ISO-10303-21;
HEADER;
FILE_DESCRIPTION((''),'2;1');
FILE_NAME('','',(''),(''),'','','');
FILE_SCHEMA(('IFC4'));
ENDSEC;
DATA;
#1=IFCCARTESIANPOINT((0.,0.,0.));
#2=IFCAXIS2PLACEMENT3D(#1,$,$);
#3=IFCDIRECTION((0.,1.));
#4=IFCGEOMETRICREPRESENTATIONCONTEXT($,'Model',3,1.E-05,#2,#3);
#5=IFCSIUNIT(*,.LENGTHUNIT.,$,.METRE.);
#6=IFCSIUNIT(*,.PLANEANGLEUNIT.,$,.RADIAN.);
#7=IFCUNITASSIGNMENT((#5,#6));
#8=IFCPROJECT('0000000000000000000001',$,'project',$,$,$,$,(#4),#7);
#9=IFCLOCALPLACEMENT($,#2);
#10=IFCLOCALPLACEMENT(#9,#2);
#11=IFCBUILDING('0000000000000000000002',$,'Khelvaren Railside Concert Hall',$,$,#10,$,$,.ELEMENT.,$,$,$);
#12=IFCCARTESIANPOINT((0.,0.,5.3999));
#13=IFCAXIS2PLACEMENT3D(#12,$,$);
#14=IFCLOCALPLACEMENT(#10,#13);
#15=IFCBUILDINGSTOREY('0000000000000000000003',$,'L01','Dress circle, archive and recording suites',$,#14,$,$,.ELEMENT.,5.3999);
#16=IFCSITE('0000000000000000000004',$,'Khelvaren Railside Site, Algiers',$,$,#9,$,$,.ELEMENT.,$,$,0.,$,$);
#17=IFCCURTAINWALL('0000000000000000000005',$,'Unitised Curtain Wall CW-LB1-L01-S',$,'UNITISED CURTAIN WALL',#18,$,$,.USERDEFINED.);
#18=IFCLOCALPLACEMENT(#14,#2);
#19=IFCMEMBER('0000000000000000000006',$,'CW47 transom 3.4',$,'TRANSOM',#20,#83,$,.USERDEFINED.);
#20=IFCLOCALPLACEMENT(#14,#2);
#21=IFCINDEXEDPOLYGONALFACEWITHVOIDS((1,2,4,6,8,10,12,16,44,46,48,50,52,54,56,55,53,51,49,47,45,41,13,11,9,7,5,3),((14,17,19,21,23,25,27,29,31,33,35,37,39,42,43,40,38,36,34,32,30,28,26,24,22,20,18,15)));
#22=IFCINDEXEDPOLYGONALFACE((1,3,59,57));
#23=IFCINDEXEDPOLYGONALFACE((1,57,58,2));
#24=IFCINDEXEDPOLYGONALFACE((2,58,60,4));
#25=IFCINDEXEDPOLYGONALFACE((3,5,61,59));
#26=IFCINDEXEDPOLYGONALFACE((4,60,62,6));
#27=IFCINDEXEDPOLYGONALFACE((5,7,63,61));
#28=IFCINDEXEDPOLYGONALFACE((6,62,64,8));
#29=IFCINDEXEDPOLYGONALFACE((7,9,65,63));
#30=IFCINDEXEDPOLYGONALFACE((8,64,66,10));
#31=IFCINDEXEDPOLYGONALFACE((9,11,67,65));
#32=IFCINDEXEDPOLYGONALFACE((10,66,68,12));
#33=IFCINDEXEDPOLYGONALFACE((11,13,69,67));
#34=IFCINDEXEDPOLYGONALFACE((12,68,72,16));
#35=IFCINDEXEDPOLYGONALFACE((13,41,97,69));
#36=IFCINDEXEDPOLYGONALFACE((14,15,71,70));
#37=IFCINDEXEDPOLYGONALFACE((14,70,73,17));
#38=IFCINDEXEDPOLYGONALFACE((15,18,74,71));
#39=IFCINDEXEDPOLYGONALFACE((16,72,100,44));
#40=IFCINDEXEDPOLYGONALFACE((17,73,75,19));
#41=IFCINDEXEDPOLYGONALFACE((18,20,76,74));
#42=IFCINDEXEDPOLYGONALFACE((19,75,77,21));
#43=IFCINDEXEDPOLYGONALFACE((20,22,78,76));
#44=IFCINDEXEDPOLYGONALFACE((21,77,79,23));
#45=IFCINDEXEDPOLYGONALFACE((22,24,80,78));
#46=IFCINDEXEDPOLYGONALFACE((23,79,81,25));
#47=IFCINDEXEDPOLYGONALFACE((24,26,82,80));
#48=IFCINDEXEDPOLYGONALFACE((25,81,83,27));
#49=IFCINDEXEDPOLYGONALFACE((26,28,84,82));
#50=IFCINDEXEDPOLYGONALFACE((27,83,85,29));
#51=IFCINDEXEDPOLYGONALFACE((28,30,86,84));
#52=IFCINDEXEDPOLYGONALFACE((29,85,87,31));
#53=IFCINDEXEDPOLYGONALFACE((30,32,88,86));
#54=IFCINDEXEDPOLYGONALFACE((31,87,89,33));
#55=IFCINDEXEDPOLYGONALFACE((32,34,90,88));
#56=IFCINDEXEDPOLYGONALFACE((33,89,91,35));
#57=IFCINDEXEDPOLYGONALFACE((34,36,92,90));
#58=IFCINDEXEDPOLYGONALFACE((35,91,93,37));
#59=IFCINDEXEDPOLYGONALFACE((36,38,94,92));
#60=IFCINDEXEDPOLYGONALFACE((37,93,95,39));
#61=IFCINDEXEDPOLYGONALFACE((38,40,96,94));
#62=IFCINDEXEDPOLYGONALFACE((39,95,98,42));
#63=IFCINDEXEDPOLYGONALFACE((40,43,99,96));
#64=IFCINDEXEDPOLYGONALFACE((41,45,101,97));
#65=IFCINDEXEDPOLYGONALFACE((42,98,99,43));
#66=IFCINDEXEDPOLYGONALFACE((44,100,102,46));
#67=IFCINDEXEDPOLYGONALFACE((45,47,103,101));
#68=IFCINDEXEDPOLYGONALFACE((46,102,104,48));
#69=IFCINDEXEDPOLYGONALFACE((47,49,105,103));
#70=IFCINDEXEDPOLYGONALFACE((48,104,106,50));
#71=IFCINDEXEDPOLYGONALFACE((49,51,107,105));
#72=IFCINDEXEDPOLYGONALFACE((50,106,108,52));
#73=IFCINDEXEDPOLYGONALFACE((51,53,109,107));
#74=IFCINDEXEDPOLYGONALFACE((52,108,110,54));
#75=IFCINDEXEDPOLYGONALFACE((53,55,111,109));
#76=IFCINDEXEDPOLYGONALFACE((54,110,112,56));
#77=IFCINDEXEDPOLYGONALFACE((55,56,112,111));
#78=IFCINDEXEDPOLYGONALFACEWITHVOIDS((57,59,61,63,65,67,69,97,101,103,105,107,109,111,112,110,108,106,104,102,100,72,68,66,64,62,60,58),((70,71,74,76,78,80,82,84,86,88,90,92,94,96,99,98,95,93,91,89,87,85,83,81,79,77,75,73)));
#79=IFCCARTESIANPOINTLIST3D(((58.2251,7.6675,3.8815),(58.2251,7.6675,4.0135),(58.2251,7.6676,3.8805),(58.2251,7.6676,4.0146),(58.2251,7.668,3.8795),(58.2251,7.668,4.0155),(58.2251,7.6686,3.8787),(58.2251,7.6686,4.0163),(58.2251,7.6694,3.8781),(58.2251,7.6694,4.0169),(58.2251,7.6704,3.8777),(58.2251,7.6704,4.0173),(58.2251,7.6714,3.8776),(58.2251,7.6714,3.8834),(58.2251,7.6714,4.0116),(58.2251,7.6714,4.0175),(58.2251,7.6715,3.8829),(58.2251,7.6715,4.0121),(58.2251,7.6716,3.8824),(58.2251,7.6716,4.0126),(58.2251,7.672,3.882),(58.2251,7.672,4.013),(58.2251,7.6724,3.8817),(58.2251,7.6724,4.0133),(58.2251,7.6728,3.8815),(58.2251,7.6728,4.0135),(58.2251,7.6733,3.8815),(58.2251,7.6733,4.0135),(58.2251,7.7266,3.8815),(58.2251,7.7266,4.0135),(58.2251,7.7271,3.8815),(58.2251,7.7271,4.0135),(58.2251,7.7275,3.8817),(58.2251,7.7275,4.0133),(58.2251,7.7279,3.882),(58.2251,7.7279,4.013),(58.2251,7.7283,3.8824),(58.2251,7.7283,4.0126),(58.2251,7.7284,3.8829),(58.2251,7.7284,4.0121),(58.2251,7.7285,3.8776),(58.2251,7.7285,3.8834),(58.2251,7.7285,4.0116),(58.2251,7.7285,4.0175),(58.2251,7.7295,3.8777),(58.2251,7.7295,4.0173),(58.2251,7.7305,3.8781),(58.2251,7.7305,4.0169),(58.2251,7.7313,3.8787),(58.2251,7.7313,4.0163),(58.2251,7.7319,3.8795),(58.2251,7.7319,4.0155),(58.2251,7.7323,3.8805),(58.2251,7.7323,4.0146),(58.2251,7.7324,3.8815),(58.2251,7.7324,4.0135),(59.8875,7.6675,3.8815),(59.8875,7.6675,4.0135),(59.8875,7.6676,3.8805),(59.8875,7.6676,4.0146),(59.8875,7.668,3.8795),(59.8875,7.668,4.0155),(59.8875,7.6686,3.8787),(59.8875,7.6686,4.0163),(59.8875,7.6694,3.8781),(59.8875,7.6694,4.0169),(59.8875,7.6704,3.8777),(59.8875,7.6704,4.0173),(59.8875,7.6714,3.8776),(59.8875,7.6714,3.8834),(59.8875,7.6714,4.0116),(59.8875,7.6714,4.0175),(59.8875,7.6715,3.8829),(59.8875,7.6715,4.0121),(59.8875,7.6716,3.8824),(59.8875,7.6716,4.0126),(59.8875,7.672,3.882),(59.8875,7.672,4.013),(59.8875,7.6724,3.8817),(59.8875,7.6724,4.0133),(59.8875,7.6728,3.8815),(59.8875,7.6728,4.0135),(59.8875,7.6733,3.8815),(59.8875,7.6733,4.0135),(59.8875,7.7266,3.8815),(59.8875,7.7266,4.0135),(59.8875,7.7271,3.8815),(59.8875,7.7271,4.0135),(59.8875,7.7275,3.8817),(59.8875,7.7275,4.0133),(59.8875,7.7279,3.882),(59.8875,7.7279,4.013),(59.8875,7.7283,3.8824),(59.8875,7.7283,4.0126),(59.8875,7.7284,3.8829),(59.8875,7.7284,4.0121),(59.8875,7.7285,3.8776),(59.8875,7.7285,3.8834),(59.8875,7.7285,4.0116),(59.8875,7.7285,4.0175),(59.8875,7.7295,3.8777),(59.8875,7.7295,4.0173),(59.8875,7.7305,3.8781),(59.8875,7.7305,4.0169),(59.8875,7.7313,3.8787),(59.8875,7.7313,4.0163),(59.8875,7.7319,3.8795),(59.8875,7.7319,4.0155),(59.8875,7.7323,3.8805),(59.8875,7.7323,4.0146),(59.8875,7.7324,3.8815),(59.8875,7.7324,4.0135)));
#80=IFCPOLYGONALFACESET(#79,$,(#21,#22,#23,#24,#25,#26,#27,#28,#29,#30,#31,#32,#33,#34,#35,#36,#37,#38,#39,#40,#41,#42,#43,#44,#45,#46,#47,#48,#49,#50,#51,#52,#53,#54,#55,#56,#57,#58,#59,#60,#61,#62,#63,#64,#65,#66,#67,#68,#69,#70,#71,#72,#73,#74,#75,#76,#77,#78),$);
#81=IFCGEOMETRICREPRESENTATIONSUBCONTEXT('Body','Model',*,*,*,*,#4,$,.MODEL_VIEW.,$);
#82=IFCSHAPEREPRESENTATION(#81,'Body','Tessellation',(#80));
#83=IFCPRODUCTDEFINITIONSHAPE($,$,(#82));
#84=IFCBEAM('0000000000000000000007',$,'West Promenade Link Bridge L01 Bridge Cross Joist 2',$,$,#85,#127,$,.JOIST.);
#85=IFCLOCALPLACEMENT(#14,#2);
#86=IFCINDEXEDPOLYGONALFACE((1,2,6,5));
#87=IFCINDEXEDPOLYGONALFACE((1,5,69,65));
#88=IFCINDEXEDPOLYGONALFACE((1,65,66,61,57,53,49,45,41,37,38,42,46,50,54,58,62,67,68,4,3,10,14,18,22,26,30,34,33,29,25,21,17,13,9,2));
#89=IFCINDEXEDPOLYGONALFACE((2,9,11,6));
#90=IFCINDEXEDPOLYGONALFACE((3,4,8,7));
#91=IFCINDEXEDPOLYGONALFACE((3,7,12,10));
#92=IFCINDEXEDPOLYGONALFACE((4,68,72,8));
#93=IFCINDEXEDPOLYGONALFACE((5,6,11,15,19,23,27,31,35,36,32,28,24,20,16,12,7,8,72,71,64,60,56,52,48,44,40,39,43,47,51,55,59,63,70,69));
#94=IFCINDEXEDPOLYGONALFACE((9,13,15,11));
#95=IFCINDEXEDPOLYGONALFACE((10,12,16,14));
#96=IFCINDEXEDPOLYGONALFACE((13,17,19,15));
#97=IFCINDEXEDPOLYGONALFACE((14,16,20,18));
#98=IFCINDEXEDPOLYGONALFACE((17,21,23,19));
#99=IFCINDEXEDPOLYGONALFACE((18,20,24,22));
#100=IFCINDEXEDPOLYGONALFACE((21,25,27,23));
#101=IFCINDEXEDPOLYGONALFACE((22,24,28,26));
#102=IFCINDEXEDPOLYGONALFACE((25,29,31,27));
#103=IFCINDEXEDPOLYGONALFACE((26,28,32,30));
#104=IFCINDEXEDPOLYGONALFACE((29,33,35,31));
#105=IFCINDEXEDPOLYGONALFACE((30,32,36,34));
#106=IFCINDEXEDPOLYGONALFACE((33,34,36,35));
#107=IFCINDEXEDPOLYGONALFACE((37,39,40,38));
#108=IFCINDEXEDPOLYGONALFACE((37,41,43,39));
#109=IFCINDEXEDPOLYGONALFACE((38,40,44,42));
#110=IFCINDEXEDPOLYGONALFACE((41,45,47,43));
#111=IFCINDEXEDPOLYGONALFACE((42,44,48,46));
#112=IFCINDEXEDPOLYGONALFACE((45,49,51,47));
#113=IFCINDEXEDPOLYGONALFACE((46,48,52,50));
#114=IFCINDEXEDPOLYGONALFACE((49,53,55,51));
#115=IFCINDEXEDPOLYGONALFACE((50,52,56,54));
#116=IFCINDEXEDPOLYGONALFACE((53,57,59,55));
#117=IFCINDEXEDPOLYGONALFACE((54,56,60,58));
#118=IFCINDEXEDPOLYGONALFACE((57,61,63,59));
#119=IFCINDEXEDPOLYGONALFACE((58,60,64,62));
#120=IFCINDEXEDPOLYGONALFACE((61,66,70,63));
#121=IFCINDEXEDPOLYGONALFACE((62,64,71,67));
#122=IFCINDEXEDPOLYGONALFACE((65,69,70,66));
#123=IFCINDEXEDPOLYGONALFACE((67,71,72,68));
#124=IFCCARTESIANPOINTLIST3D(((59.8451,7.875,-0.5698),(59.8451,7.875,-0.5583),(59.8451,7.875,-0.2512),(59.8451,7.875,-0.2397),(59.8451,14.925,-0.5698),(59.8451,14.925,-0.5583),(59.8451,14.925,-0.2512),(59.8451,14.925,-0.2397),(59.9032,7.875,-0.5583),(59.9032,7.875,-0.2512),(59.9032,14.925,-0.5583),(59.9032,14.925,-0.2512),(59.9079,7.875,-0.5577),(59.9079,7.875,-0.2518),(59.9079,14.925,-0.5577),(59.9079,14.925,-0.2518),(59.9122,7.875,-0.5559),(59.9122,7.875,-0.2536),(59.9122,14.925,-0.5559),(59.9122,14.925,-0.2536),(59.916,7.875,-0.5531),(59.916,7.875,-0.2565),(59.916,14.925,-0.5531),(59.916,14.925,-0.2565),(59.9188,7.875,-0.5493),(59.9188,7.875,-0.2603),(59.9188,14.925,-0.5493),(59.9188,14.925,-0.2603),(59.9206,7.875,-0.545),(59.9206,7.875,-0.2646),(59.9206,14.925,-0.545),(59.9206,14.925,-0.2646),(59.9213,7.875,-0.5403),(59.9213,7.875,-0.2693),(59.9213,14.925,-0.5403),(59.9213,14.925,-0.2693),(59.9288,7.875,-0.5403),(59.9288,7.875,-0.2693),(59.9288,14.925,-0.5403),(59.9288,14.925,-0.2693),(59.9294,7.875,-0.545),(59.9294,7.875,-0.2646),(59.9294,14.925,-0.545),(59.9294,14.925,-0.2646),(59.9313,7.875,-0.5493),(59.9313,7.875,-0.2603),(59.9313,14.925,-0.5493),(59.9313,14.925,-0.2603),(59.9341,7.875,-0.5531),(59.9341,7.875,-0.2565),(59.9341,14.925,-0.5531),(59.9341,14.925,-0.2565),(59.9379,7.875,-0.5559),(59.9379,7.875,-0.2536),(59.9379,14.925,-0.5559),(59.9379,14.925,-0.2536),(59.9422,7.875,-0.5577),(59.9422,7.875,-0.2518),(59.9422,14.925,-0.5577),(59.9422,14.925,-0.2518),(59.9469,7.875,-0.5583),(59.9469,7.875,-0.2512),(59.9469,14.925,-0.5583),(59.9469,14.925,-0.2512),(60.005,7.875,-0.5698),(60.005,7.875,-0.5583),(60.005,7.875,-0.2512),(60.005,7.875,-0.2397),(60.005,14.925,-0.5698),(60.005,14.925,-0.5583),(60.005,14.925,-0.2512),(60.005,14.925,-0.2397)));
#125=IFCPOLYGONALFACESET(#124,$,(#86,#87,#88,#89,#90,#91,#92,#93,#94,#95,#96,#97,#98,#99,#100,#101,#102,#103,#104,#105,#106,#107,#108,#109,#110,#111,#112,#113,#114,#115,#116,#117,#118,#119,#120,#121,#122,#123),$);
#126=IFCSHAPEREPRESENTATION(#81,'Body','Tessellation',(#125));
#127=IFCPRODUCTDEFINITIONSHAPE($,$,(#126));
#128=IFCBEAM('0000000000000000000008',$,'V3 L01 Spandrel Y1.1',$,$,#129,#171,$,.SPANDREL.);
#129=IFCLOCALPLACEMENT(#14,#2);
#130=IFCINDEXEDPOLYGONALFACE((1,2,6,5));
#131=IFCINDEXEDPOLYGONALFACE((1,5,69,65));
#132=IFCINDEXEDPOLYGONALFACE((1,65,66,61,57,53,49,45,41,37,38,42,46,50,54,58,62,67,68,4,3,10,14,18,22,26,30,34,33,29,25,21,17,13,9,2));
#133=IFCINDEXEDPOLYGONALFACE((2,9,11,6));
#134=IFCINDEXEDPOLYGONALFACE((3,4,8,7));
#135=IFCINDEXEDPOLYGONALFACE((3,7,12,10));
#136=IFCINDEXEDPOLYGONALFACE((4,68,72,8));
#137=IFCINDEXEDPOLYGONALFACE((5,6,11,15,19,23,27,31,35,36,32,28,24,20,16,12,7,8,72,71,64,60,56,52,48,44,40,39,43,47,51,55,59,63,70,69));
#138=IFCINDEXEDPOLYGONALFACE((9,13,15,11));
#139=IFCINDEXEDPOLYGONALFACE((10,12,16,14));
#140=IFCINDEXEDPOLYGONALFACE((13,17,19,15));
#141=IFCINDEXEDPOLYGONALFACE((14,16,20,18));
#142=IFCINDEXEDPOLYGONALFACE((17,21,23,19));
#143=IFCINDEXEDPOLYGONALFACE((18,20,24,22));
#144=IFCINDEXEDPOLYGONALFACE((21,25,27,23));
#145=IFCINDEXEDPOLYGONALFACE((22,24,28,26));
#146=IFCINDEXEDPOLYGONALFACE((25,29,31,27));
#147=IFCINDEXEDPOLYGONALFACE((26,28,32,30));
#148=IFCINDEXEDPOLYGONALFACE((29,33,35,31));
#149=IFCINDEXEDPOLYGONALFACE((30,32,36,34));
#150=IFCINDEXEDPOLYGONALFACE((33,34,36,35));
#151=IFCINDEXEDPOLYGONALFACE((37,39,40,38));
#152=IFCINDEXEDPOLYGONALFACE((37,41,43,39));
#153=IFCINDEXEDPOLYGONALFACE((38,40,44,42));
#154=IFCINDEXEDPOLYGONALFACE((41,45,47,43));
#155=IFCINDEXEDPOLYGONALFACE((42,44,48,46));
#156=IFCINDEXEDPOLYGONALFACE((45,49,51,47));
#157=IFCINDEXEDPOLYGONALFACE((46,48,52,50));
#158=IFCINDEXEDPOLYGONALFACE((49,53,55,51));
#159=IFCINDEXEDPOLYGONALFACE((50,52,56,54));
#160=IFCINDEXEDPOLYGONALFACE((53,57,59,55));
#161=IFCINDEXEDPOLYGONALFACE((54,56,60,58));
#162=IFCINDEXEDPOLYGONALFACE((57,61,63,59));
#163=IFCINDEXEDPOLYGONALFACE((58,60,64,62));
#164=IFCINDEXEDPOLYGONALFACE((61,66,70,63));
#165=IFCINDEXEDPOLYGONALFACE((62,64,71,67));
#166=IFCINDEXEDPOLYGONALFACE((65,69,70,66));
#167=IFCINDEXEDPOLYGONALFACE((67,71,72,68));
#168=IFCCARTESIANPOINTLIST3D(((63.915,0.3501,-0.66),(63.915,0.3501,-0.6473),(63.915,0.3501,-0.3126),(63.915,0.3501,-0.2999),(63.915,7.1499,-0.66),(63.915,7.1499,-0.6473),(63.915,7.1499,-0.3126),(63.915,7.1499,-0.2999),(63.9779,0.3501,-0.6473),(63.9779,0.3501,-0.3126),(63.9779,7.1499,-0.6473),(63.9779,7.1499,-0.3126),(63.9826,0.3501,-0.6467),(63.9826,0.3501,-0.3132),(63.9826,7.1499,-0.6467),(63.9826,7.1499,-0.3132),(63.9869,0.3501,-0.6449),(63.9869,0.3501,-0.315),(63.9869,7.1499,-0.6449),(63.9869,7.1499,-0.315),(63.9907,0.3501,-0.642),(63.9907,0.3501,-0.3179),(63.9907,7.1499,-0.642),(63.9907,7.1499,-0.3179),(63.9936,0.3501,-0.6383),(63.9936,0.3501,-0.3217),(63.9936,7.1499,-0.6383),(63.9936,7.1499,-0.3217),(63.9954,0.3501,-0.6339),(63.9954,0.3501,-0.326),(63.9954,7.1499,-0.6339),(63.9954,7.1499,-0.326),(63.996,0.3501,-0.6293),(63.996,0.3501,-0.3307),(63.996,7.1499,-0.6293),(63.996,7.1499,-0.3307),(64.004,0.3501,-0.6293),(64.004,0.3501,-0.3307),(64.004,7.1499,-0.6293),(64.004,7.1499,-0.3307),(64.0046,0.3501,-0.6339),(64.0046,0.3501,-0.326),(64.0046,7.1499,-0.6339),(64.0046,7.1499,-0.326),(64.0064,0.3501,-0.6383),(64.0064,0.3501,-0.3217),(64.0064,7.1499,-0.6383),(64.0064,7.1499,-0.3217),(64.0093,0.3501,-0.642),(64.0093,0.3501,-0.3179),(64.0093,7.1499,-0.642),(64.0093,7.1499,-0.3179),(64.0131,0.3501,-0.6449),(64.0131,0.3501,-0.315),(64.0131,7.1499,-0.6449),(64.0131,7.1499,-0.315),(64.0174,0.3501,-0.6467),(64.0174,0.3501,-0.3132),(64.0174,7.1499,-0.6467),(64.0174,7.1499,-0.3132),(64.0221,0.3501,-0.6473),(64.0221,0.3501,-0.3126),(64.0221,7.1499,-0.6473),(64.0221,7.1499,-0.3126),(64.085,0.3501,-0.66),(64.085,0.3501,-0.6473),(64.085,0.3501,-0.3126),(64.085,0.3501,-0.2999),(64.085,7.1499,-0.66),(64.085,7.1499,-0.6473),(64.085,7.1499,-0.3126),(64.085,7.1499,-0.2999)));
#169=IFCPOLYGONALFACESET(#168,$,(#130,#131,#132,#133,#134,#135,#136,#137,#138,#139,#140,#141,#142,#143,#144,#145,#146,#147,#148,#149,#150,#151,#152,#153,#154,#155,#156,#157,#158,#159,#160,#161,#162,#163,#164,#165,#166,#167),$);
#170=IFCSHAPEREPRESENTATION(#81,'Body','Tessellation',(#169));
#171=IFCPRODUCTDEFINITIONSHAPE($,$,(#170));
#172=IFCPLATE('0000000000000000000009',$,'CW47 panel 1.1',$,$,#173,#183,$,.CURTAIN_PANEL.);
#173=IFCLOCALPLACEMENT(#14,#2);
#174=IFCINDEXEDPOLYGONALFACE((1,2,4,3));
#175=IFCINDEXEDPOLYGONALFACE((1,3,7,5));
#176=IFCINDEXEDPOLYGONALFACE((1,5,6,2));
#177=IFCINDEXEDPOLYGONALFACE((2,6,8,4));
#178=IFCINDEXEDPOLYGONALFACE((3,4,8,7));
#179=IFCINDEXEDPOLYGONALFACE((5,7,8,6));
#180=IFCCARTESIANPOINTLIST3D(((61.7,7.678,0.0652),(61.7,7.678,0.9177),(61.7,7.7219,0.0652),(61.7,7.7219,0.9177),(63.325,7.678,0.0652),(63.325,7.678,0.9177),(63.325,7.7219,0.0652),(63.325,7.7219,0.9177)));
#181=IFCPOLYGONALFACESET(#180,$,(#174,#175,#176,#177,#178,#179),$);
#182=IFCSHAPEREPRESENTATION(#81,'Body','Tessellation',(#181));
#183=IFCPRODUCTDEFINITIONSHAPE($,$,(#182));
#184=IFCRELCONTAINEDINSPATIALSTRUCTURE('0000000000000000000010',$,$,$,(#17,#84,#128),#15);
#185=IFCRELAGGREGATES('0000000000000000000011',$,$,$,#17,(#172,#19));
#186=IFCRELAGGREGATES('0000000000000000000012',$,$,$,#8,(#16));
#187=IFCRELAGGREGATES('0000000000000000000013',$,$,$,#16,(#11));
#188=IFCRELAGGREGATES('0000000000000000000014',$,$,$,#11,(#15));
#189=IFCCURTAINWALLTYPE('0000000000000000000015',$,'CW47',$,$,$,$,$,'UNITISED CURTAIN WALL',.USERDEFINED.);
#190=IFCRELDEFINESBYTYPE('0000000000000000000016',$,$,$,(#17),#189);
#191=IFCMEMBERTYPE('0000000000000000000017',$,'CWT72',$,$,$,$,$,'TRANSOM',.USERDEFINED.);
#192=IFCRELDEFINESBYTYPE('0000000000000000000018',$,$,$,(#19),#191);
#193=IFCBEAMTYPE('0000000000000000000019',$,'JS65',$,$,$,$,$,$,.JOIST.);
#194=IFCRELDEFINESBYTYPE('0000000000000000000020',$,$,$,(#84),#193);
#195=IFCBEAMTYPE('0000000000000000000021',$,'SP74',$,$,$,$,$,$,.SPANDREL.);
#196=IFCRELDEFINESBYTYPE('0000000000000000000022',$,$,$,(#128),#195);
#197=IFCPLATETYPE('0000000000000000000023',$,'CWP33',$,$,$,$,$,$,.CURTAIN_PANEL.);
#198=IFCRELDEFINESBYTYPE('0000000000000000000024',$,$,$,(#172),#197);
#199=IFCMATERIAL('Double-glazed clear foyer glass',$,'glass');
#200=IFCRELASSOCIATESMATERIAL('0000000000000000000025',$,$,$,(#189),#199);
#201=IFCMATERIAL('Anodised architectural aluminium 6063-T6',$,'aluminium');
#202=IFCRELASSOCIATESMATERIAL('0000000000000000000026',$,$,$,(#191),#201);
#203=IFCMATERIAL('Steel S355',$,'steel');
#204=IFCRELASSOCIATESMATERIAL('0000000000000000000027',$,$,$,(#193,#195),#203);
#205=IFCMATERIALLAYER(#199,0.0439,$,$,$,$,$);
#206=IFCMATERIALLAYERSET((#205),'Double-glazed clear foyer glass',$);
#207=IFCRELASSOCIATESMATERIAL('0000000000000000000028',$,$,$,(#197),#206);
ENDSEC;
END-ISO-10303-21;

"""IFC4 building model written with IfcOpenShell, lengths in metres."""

from ifc_helpers import new_model, si_unit, direction, frame, origin, origin_2d, place, context, subcontext, project, spatial, rectangle, hollow_rectangle, i_section, extrude, material, layer, layer_set, material_profile, profile_set, type_object, element, aggregate, save


model = new_model("IFC4")

# Units and contexts
model_context = context("Model", 3, precision=1e-05, world=origin(), true_north=direction((0.0, 1.0)))
body_context = subcontext(model_context, "Body", "Model", "MODEL_VIEW")
ifc_project = project(units=[si_unit("LENGTHUNIT", "METRE"), si_unit("PLANEANGLEUNIT", "RADIAN")], contexts=[model_context])

# Site, building, storey
site_placement = place(None, origin())
site = spatial("IfcSite", under=ifc_project, at=site_placement, Name="Khelvaren Railside Site, Algiers", CompositionType="ELEMENT", RefElevation=0.0)
building_placement = place(site_placement, origin())
building = spatial("IfcBuilding", under=site, at=building_placement, Name="Khelvaren Railside Concert Hall", CompositionType="ELEMENT")
storey_placement = place(building_placement, frame((0.0, 0.0, 5.3999)))
storey = spatial("IfcBuildingStorey", under=building, at=storey_placement, Name="L01", Description="Dress circle, archive and recording suites", CompositionType="ELEMENT", Elevation=5.3999)

# Curtain wall, member
ifc_material_1 = material(Name="Double-glazed clear foyer glass", Category="glass")
curtain_wall_type = type_object("IfcCurtainWallType", Name="CW47", ElementType="UNITISED CURTAIN WALL", PredefinedType="USERDEFINED", material=ifc_material_1)
curtain_wall_placement = place(storey_placement, origin())
curtain_wall = element("IfcCurtainWall", 1, at=curtain_wall_placement, inside=storey, type_object=curtain_wall_type, Name="Unitised Curtain Wall CW-LB1-L01-S", ObjectType="UNITISED CURTAIN WALL", PredefinedType="USERDEFINED")
ifc_material_2 = material(Name="Anodised architectural aluminium 6063-T6", Category="aluminium")
ifc_material_profile_1 = material_profile(ifc_material_2, hollow_rectangle(XDim=0.0649, YDim=0.1399, WallThickness=0.0039, InnerFilletRadius=0.002, OuterFilletRadius=0.0039, at=origin_2d()), Name="CWT 65x140x4")
ifc_profile_set_1 = profile_set([ifc_material_profile_1], Name="Anodised architectural aluminium 6063-T6")
member_type_1 = type_object("IfcMemberType", Name="CWT72", ElementType="TRANSOM", PredefinedType="USERDEFINED", material=ifc_profile_set_1)
member_1_placement = place(storey_placement, frame((59.8875, 7.7, 3.9475), z_axis=(-1.0, 0.0, 0.0), x_axis=(0.0, -1.0, 0.0)))
member_1 = element("IfcMember", 2, at=member_1_placement, type_object=member_type_1, Name="CW47 transom 3.4", ObjectType="TRANSOM", PredefinedType="USERDEFINED", context=body_context, shape_type="SweptSolid", body=[
    extrude(hollow_rectangle(XDim=0.0649, YDim=0.1399, WallThickness=0.0039, InnerFilletRadius=0.002, OuterFilletRadius=0.0039, at=origin_2d()), origin(), (0.0, 0.0, 1.0), 1.6624),
])

# Beams
ifc_material_3 = material(Name="Steel S355", Category="steel")
ifc_material_profile_2 = material_profile(ifc_material_3, i_section(OverallWidth=0.1599, OverallDepth=0.3301, WebThickness=0.0076, FlangeThickness=0.0115, FilletRadius=0.0181, at=origin_2d()), Name="IPE 330")
ifc_profile_set_2 = profile_set([ifc_material_profile_2], Name="Steel S355")
beam_type_1 = type_object("IfcBeamType", Name="JS65", PredefinedType="JOIST", material=ifc_profile_set_2)
beam_1_placement = place(storey_placement, frame((59.925, 7.875, -0.4048), z_axis=(0.0, 1.0, 0.0), x_axis=(-1.0, 0.0, 0.0)))
element("IfcBeam", 3, at=beam_1_placement, inside=storey, type_object=beam_type_1, Name="West Promenade Link Bridge L01 Bridge Cross Joist 2", PredefinedType="JOIST", context=body_context, shape_type="SweptSolid", body=[
    extrude(i_section(OverallWidth=0.1599, OverallDepth=0.3301, WebThickness=0.0076, FlangeThickness=0.0115, FilletRadius=0.0181, at=origin_2d()), origin(), (0.0, 0.0, 1.0), 7.05),
])
ifc_material_profile_3 = material_profile(ifc_material_3, i_section(OverallWidth=0.1699, OverallDepth=0.3601, WebThickness=0.0081, FlangeThickness=0.0127, FilletRadius=0.0181, at=origin_2d()), Name="IPE 360")
ifc_profile_set_3 = profile_set([ifc_material_profile_3], Name="Steel S355")
beam_type_2 = type_object("IfcBeamType", Name="SP74", PredefinedType="SPANDREL", material=ifc_profile_set_3)
beam_2_placement = place(storey_placement, frame((64.0, 0.3501, -0.48), z_axis=(0.0, 1.0, 0.0), x_axis=(-1.0, 0.0, 0.0)))
element("IfcBeam", 4, at=beam_2_placement, inside=storey, type_object=beam_type_2, Name="V3 L01 Spandrel Y1.1", PredefinedType="SPANDREL", context=body_context, shape_type="SweptSolid", body=[
    extrude(i_section(OverallWidth=0.1699, OverallDepth=0.3601, WebThickness=0.0081, FlangeThickness=0.0127, FilletRadius=0.0181, at=origin_2d()), origin(), (0.0, 0.0, 1.0), 6.7998),
])

# Plate
ifc_layer = layer(ifc_material_1, 0.0439)
ifc_layer_set = layer_set([ifc_layer], Name="Double-glazed clear foyer glass")
plate_type = type_object("IfcPlateType", Name="CWP33", PredefinedType="CURTAIN_PANEL", material=ifc_layer_set)
plate_1_placement = place(storey_placement, frame((62.5125, 7.7, 0.0652), z_axis=(0.0, 0.0, 1.0), x_axis=(-1.0, 0.0, 0.0)))
plate_1 = element("IfcPlate", 5, at=plate_1_placement, type_object=plate_type, Name="CW47 panel 1.1", PredefinedType="CURTAIN_PANEL", context=body_context, shape_type="SweptSolid", body=[
    extrude(rectangle(XDim=1.625, YDim=0.0439, at=origin_2d()), origin(), (0.0, 0.0, 1.0), 0.8525),
])
aggregate(curtain_wall, [plate_1, member_1])

save(model, "model.ifc")
